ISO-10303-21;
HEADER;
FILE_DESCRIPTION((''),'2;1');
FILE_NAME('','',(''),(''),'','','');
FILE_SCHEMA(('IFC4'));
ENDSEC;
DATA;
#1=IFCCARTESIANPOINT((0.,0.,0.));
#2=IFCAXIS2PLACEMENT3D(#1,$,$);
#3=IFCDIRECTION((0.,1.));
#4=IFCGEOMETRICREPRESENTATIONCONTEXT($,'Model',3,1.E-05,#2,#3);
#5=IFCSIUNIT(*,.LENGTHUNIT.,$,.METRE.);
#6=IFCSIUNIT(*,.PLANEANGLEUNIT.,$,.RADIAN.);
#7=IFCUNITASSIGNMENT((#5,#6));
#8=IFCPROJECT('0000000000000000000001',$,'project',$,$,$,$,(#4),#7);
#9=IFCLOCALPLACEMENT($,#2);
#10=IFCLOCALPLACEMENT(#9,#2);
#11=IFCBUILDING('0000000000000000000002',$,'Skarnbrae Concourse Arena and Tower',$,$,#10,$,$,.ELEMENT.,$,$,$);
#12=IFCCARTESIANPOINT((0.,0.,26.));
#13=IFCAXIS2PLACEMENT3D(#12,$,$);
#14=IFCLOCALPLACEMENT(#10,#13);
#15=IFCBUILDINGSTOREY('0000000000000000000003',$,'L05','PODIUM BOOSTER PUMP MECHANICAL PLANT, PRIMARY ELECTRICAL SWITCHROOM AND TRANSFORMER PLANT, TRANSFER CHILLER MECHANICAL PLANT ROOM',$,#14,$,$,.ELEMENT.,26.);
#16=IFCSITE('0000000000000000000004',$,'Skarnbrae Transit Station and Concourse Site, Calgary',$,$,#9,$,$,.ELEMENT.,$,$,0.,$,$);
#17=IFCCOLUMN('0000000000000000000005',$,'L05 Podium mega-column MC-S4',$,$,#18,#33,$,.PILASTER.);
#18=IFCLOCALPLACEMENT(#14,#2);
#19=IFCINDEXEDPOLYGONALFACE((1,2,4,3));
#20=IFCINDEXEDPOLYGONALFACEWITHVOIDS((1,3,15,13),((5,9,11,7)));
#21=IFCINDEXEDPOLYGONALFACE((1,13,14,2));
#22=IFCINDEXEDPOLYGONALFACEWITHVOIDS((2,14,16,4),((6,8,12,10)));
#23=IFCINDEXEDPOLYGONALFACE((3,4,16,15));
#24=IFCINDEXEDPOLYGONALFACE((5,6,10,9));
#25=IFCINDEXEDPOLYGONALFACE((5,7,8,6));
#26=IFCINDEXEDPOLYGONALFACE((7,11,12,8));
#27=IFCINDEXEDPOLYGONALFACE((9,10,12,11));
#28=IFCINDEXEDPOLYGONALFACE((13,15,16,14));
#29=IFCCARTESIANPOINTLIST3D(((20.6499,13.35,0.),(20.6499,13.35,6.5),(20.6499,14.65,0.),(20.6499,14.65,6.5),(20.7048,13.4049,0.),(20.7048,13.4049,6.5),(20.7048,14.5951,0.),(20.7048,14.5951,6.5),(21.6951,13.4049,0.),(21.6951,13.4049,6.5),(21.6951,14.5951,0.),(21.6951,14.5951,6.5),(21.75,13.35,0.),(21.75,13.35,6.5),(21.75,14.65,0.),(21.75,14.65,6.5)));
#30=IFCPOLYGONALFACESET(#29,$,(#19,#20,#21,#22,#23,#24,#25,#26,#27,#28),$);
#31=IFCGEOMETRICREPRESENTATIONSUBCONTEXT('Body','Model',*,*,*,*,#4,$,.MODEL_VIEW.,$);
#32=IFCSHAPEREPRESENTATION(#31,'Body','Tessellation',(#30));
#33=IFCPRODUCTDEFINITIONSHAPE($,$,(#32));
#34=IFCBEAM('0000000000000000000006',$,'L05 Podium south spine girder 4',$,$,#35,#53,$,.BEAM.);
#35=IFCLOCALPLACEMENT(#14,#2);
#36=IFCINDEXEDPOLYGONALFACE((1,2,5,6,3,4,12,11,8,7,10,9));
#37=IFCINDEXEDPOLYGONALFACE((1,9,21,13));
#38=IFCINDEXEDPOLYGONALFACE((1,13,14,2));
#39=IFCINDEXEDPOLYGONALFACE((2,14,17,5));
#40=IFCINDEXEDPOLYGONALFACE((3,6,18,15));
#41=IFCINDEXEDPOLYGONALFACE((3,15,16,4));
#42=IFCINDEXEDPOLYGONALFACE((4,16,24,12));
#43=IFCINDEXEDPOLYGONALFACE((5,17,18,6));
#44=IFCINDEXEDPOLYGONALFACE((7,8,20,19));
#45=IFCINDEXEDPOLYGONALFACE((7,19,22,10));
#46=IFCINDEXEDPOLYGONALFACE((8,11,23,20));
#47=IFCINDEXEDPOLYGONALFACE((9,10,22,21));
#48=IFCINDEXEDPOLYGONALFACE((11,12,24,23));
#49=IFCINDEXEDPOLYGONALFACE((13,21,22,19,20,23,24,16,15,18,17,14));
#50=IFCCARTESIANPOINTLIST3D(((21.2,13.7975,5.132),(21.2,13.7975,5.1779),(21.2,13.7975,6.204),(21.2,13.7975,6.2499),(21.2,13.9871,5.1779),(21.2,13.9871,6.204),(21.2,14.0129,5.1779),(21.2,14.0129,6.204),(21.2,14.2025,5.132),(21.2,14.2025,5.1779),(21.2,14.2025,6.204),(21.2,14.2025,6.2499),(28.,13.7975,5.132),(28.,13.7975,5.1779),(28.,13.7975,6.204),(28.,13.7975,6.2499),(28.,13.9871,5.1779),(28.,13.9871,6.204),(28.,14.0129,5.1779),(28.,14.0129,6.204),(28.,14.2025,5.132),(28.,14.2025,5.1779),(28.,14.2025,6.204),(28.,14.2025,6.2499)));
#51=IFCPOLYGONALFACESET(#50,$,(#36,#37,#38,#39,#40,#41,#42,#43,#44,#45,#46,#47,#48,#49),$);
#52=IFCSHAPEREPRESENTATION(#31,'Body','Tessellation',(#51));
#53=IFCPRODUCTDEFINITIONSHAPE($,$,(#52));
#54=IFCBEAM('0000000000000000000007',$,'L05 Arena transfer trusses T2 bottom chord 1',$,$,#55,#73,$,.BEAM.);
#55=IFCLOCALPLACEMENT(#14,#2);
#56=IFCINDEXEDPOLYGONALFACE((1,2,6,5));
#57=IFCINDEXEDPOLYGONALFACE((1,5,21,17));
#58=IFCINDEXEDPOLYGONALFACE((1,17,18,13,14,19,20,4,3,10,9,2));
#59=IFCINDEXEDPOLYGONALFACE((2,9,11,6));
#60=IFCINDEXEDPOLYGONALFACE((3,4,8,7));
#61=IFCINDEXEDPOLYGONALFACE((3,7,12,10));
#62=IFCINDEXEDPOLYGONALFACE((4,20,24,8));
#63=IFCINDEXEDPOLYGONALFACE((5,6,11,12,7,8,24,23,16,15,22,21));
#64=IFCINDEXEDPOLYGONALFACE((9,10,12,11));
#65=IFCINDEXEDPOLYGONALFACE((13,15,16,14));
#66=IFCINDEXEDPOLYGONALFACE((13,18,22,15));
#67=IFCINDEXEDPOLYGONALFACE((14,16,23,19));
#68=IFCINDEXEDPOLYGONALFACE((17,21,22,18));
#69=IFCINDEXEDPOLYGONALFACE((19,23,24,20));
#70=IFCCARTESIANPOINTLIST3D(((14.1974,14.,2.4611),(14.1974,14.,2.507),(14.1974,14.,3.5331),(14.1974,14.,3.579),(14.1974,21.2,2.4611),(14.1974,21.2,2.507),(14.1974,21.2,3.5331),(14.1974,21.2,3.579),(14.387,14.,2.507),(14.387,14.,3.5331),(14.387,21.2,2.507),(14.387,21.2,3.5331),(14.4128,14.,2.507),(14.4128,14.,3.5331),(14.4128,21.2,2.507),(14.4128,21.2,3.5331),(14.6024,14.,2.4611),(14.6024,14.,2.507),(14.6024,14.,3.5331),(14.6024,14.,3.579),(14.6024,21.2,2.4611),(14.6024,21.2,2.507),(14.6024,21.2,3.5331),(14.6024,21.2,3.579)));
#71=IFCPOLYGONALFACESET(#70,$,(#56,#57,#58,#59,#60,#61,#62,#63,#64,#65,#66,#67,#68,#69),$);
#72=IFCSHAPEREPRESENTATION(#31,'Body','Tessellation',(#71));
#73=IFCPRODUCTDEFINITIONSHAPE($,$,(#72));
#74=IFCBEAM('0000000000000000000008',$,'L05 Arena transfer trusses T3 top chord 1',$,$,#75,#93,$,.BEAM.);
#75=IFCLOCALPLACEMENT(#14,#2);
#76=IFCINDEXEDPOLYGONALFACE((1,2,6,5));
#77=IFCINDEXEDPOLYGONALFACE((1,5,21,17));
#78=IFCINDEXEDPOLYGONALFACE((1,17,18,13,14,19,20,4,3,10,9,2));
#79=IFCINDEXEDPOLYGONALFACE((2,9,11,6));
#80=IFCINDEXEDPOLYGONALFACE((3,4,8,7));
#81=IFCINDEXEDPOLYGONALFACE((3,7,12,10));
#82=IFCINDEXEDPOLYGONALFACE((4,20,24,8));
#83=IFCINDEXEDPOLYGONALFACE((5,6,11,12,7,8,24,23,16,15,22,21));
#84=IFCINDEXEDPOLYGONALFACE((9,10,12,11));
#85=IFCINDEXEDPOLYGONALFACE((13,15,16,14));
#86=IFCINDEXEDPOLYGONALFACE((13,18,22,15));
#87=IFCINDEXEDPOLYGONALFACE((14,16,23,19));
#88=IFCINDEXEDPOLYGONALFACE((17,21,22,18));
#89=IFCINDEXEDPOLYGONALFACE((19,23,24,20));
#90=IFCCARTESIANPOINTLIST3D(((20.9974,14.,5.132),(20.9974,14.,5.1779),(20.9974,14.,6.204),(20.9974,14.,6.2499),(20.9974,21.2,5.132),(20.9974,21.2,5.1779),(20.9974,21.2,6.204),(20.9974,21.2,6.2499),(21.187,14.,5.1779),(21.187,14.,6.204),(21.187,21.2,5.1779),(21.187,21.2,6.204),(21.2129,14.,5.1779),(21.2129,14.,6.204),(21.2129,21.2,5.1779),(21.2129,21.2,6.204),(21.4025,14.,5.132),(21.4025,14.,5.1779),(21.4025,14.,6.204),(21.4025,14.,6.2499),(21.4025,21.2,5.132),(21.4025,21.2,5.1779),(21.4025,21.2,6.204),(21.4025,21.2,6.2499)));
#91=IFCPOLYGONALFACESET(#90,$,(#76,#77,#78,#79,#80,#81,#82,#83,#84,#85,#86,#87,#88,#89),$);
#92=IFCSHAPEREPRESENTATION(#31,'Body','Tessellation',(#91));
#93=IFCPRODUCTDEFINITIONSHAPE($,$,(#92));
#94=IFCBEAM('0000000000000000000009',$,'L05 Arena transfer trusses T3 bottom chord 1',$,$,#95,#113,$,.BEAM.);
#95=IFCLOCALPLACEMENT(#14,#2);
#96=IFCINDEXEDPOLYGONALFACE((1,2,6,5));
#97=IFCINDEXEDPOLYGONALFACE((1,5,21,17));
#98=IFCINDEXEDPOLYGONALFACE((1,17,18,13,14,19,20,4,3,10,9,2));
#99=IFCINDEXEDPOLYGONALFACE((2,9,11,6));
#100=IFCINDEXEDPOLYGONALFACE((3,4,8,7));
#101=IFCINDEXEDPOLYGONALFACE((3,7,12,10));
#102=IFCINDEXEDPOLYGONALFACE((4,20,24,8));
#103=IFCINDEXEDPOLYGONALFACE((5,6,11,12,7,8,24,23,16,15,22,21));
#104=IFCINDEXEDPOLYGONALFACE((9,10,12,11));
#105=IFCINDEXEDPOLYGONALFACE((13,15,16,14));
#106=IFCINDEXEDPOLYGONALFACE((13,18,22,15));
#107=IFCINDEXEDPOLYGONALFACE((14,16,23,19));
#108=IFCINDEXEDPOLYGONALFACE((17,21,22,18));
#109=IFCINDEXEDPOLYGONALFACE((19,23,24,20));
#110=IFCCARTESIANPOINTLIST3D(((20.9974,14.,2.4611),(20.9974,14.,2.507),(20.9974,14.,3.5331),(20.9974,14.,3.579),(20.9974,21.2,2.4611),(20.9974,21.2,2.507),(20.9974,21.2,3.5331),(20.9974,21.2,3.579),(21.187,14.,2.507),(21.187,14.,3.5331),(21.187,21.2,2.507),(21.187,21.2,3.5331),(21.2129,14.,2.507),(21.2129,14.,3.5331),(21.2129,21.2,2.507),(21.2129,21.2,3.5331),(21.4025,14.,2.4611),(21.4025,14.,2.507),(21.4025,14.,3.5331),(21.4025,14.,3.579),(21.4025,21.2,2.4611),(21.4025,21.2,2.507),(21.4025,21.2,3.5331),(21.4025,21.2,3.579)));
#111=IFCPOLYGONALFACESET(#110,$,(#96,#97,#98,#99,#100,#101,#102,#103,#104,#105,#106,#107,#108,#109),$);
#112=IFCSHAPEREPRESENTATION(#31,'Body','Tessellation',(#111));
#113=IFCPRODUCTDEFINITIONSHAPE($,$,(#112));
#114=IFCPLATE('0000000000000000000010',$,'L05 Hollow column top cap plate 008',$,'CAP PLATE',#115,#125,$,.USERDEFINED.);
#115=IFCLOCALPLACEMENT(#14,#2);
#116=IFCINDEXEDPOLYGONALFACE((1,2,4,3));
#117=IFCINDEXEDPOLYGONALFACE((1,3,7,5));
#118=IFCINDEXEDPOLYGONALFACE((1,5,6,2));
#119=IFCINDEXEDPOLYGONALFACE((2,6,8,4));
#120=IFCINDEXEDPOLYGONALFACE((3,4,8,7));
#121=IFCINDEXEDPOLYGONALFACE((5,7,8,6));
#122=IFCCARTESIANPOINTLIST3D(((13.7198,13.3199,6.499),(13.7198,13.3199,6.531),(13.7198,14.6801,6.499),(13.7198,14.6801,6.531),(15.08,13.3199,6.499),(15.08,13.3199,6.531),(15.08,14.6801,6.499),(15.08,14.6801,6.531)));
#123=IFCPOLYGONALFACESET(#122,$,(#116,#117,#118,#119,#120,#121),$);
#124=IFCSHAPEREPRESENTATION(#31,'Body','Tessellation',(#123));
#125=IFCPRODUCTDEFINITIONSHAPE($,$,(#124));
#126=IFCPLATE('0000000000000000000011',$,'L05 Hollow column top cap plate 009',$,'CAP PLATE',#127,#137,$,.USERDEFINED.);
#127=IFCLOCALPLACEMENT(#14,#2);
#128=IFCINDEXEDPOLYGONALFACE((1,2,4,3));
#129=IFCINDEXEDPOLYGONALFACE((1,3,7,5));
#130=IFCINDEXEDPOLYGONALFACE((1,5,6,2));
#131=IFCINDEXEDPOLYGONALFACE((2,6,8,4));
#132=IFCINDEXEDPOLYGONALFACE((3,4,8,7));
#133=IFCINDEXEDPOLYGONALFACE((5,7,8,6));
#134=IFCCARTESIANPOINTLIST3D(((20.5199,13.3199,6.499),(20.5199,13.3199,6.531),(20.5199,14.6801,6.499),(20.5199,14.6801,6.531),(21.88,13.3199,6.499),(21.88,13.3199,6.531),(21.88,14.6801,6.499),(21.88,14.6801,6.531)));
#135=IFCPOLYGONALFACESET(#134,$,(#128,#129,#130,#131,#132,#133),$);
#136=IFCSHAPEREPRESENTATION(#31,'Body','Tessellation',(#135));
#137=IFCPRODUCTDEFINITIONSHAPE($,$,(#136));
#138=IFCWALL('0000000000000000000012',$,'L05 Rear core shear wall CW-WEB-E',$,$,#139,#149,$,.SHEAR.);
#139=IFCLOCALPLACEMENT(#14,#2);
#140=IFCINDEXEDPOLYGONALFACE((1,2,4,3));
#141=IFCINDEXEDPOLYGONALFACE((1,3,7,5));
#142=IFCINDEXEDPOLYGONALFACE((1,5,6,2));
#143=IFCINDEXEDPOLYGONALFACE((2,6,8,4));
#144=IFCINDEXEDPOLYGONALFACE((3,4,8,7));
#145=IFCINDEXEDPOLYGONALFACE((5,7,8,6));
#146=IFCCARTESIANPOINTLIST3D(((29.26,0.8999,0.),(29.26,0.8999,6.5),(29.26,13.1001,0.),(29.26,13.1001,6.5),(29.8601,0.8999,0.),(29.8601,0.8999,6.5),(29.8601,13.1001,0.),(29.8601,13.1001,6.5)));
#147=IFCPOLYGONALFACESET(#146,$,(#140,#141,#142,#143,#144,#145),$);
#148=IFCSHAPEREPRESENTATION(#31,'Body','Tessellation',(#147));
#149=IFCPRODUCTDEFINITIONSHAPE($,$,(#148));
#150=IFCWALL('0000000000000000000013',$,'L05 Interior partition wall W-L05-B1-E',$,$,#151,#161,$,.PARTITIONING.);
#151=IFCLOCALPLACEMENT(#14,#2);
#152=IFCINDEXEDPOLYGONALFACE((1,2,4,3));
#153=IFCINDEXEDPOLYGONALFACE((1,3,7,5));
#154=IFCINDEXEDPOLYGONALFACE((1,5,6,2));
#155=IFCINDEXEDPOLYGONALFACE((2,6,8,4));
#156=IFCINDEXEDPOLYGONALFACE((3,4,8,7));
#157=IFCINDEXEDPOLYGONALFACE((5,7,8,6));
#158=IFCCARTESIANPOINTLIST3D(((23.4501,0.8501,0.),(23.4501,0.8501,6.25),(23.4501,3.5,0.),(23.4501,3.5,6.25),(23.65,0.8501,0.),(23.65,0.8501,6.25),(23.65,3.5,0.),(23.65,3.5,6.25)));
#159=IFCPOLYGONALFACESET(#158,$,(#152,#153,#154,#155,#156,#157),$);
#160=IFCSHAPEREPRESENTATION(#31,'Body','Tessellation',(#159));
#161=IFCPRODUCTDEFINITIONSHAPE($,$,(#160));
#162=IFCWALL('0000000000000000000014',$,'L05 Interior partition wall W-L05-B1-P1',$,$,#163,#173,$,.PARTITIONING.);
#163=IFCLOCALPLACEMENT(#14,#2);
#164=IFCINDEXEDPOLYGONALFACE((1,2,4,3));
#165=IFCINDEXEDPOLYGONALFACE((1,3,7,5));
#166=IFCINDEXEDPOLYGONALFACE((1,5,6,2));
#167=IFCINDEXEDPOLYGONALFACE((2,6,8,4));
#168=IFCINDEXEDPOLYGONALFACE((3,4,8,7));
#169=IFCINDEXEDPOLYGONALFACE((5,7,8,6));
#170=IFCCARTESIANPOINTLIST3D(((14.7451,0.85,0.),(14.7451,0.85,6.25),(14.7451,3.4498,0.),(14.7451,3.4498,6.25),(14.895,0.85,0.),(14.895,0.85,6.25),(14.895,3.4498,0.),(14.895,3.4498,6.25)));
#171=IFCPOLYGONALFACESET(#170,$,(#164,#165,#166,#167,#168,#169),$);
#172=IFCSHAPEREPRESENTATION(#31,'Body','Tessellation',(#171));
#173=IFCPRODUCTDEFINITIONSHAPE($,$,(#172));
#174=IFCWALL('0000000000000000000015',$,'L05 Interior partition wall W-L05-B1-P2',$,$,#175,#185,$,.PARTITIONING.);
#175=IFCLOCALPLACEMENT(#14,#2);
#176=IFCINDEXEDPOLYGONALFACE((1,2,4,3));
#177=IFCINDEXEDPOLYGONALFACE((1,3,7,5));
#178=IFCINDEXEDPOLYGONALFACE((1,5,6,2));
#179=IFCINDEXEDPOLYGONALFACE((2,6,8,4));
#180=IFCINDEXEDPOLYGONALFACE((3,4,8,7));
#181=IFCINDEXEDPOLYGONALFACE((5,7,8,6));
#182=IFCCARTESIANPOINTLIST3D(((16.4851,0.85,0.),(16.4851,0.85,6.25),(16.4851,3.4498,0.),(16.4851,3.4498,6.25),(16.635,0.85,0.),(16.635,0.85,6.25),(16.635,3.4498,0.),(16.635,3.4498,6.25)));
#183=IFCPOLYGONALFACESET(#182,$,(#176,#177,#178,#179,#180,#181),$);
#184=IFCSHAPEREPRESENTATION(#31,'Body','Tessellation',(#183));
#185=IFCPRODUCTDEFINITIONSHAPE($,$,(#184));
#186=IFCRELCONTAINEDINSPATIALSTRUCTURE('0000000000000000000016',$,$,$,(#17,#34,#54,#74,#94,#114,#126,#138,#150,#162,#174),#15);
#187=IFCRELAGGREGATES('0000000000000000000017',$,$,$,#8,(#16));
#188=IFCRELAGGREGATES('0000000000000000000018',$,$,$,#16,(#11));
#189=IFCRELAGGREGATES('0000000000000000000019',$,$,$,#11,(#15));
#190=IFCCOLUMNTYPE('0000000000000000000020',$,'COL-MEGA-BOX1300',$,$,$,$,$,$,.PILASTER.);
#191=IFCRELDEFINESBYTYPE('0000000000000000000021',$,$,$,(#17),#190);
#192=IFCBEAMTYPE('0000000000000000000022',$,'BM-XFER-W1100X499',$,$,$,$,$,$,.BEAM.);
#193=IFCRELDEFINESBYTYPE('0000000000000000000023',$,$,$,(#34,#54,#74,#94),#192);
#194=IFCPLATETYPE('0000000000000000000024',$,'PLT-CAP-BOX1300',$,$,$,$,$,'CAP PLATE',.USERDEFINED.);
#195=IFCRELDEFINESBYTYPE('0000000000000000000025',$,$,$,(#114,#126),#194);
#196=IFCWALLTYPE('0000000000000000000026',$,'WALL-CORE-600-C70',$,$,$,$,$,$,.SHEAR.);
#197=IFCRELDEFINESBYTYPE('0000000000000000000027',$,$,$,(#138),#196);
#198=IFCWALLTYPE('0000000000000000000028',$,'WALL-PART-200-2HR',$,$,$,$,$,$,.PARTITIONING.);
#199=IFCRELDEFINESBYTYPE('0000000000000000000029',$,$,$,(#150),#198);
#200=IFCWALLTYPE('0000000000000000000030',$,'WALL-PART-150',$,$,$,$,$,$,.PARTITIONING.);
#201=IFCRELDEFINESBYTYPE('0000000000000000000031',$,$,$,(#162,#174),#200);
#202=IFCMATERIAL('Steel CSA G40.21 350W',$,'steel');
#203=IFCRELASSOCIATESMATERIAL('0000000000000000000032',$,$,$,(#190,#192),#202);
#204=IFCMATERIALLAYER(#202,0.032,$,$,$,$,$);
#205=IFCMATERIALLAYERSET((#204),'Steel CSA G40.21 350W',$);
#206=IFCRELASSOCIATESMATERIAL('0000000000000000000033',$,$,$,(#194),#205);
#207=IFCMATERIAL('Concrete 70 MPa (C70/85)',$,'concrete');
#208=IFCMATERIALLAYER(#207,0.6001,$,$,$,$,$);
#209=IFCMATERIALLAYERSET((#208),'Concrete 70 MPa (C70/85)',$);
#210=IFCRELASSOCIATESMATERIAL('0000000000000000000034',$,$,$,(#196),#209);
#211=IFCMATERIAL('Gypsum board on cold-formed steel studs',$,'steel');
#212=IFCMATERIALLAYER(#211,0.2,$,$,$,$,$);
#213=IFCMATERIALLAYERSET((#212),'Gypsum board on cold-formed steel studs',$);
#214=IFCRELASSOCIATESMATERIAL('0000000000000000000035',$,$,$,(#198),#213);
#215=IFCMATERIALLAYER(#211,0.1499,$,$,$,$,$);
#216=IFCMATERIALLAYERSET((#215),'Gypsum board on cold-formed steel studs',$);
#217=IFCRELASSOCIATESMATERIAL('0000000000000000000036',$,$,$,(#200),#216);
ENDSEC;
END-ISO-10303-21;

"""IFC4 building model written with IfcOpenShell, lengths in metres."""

from ifc_helpers import new_model, si_unit, direction, frame, frame_2d, origin, origin_2d, place, context, subcontext, project, spatial, rectangle, hollow_rectangle, i_section, extrude, source, transform, mapped, material, layer, layer_set, material_profile, profile_set, type_object, element, save


model = new_model("IFC4")

# Units and contexts
model_context = context("Model", 3, precision=1e-05, world=origin(), true_north=direction((0.0, 1.0)))
body_context = subcontext(model_context, "Body", "Model", "MODEL_VIEW")
ifc_project = project(units=[si_unit("LENGTHUNIT", "METRE"), si_unit("PLANEANGLEUNIT", "RADIAN")], contexts=[model_context])

# Site, building, storey
site_placement = place(None, origin())
site = spatial("IfcSite", under=ifc_project, at=site_placement, Name="Skarnbrae Transit Station and Concourse Site, Calgary", CompositionType="ELEMENT", RefElevation=0.0)
building_placement = place(site_placement, origin())
building = spatial("IfcBuilding", under=site, at=building_placement, Name="Skarnbrae Concourse Arena and Tower", CompositionType="ELEMENT")
storey_placement = place(building_placement, frame((0.0, 0.0, 26.0)))
storey = spatial("IfcBuildingStorey", under=building, at=storey_placement, Name="L05", Description="PODIUM BOOSTER PUMP MECHANICAL PLANT, PRIMARY ELECTRICAL SWITCHROOM AND TRANSFORMER PLANT, TRANSFER CHILLER MECHANICAL PLANT ROOM", CompositionType="ELEMENT", Elevation=26.0)

# Column
ifc_material_1 = material(Name="Steel CSA G40.21 350W", Category="steel")
ifc_material_profile_1 = material_profile(ifc_material_1, hollow_rectangle(XDim=1.1001, YDim=1.3, WallThickness=0.0549, at=origin_2d()), Name="BOX1300X1100X55")
ifc_profile_set_1 = profile_set([ifc_material_profile_1], Name="Steel CSA G40.21 350W")
column_type = type_object("IfcColumnType", Name="COL-MEGA-BOX1300", PredefinedType="PILASTER", material=ifc_profile_set_1)
shared_shape_1 = source(origin(), body_context, "Body", "SweptSolid", [
    extrude(hollow_rectangle(XDim=1.1001, YDim=1.3, WallThickness=0.0549, at=origin_2d()), origin(), (0.0, 0.0, 1.0), 6.5),
])
column_placement = place(storey_placement, frame((21.2, 14.0, 0.0), z_axis=(0.0, 0.0, 1.0), x_axis=(1.0, 0.0, 0.0)))
element("IfcColumn", 1, at=column_placement, inside=storey, type_object=column_type, Name="L05 Podium mega-column MC-S4", PredefinedType="PILASTER", context=body_context, shape_type="MappedRepresentation", body=[
    mapped(shared_shape_1, transform((0.0, 0.0, 0.0))),
])

# Beams
ifc_material_profile_2 = material_profile(ifc_material_1, i_section(OverallWidth=0.405, OverallDepth=1.1179, WebThickness=0.0259, FlangeThickness=0.0459, at=origin_2d()), Name="W1100X499")
ifc_profile_set_2 = profile_set([ifc_material_profile_2], Name="Steel CSA G40.21 350W")
beam_type = type_object("IfcBeamType", Name="BM-XFER-W1100X499", PredefinedType="BEAM", material=ifc_profile_set_2)
shared_shape_2 = source(origin(), body_context, "Body", "SweptSolid", [
    extrude(i_section(OverallWidth=0.405, OverallDepth=1.1179, WebThickness=0.0259, FlangeThickness=0.0459, at=origin_2d()), origin(), (0.0, 0.0, 1.0), 6.8),
])
beam_placement = place(storey_placement, frame((21.2, 14.0, 5.6909), z_axis=(1.0, 0.0, 0.0), x_axis=(0.0, 1.0, 0.0)))
element("IfcBeam", 2, at=beam_placement, inside=storey, type_object=beam_type, Name="L05 Podium south spine girder 4", PredefinedType="BEAM", context=body_context, shape_type="MappedRepresentation", body=[
    mapped(shared_shape_2, transform((0.0, 0.0, 0.0))),
])
shared_shape_3 = source(origin(), body_context, "Body", "SweptSolid", [
    extrude(i_section(OverallWidth=0.405, OverallDepth=1.1179, WebThickness=0.0259, FlangeThickness=0.0459, at=origin_2d()), origin(), (0.0, 0.0, 1.0), 7.2),
])
for number, where, z_axis, x_axis, name in (
    (3, (14.3999, 14.0, 3.02), (0.0, 1.0, 0.0), (-1.0, 0.0, 0.0), "L05 Arena transfer trusses T2 bottom chord 1"),
    (4, (21.2, 14.0, 5.6909), (0.0, 1.0, 0.0), (-1.0, 0.0, 0.0), "L05 Arena transfer trusses T3 top chord 1"),
    (5, (21.2, 14.0, 3.02), (0.0, 1.0, 0.0), (-1.0, 0.0, 0.0), "L05 Arena transfer trusses T3 bottom chord 1"),
):
    element("IfcBeam", number, at=place(storey_placement, frame(where, z_axis=z_axis, x_axis=x_axis)), inside=storey, type_object=beam_type, Name=name, PredefinedType="BEAM", context=body_context, shape_type="MappedRepresentation", body=[
        mapped(shared_shape_3, transform((0.0, 0.0, 0.0))),
    ])

# Plates
ifc_layer_1 = layer(ifc_material_1, 0.032)
ifc_layer_set_1 = layer_set([ifc_layer_1], Name="Steel CSA G40.21 350W")
plate_type = type_object("IfcPlateType", Name="PLT-CAP-BOX1300", ElementType="CAP PLATE", PredefinedType="USERDEFINED", material=ifc_layer_set_1)
shared_shape_4 = source(origin(), body_context, "Body", "SweptSolid", [
    extrude(rectangle(XDim=1.3601, YDim=1.3601, at=origin_2d()), origin(), (0.0, 0.0, 1.0), 0.032),
])
for number, where, z_axis, x_axis, name in (
    (6, (14.3999, 14.0, 6.499), (0.0, 0.0, 1.0), (1.0, 0.0, 0.0), "L05 Hollow column top cap plate 008"),
    (7, (21.2, 14.0, 6.499), (0.0, 0.0, 1.0), (1.0, 0.0, 0.0), "L05 Hollow column top cap plate 009"),
):
    element("IfcPlate", number, at=place(storey_placement, frame(where, z_axis=z_axis, x_axis=x_axis)), inside=storey, type_object=plate_type, Name=name, ObjectType="CAP PLATE", PredefinedType="USERDEFINED", context=body_context, shape_type="MappedRepresentation", body=[
        mapped(shared_shape_4, transform((0.0, 0.0, 0.0))),
    ])

# Shared definitions
ifc_material_2 = material(Name="Concrete 70 MPa (C70/85)", Category="concrete")

# Wall
ifc_layer_2 = layer(ifc_material_2, 0.6001)
ifc_layer_set_2 = layer_set([ifc_layer_2], Name="Concrete 70 MPa (C70/85)")
wall_type_1 = type_object("IfcWallType", Name="WALL-CORE-600-C70", PredefinedType="SHEAR", material=ifc_layer_set_2)
shared_shape_5 = source(origin(), body_context, "Body", "SweptSolid", [
    extrude(rectangle(XDim=12.2002, YDim=0.6001, at=frame_2d((6.1001, 0.0))), origin(), (0.0, 0.0, 1.0), 6.5),
])
wall_1_placement = place(storey_placement, frame((29.5601, 0.8999, 0.0), z_axis=(0.0, 0.0, 1.0), x_axis=(0.0, 1.0, 0.0)))
element("IfcWall", 8, at=wall_1_placement, inside=storey, type_object=wall_type_1, Name="L05 Rear core shear wall CW-WEB-E", PredefinedType="SHEAR", context=body_context, shape_type="MappedRepresentation", body=[
    mapped(shared_shape_5, transform((0.0, 0.0, 0.0))),
])

# Walls
ifc_material_3 = material(Name="Gypsum board on cold-formed steel studs", Category="steel")
ifc_layer_3 = layer(ifc_material_3, 0.2)
ifc_layer_set_3 = layer_set([ifc_layer_3], Name="Gypsum board on cold-formed steel studs")
wall_type_2 = type_object("IfcWallType", Name="WALL-PART-200-2HR", PredefinedType="PARTITIONING", material=ifc_layer_set_3)
shared_shape_6 = source(origin(), body_context, "Body", "SweptSolid", [
    extrude(rectangle(XDim=2.6499, YDim=0.2, at=frame_2d((1.325, 0.0))), origin(), (0.0, 0.0, 1.0), 6.25),
])
wall_2_placement = place(storey_placement, frame((23.55, 0.8501, 0.0), z_axis=(0.0, 0.0, 1.0), x_axis=(0.0, 1.0, 0.0)))
element("IfcWall", 9, at=wall_2_placement, inside=storey, type_object=wall_type_2, Name="L05 Interior partition wall W-L05-B1-E", PredefinedType="PARTITIONING", context=body_context, shape_type="MappedRepresentation", body=[
    mapped(shared_shape_6, transform((0.0, 0.0, 0.0))),
])
ifc_layer_4 = layer(ifc_material_3, 0.1499)
ifc_layer_set_4 = layer_set([ifc_layer_4], Name="Gypsum board on cold-formed steel studs")
wall_type_3 = type_object("IfcWallType", Name="WALL-PART-150", PredefinedType="PARTITIONING", material=ifc_layer_set_4)
shared_shape_7 = source(origin(), body_context, "Body", "SweptSolid", [
    extrude(rectangle(XDim=2.5999, YDim=0.1499, at=frame_2d((1.2998, 0.0))), origin(), (0.0, 0.0, 1.0), 6.25),
])
for number, where, z_axis, x_axis, name in (
    (10, (14.8201, 0.8501, 0.0), (0.0, 0.0, 1.0), (0.0, 1.0, 0.0), "L05 Interior partition wall W-L05-B1-P1"),
    (11, (16.5601, 0.8501, 0.0), (0.0, 0.0, 1.0), (0.0, 1.0, 0.0), "L05 Interior partition wall W-L05-B1-P2"),
):
    element("IfcWall", number, at=place(storey_placement, frame(where, z_axis=z_axis, x_axis=x_axis)), inside=storey, type_object=wall_type_3, Name=name, PredefinedType="PARTITIONING", context=body_context, shape_type="MappedRepresentation", body=[
        mapped(shared_shape_7, transform((0.0, 0.0, 0.0))),
    ])

save(model, "model.ifc")
